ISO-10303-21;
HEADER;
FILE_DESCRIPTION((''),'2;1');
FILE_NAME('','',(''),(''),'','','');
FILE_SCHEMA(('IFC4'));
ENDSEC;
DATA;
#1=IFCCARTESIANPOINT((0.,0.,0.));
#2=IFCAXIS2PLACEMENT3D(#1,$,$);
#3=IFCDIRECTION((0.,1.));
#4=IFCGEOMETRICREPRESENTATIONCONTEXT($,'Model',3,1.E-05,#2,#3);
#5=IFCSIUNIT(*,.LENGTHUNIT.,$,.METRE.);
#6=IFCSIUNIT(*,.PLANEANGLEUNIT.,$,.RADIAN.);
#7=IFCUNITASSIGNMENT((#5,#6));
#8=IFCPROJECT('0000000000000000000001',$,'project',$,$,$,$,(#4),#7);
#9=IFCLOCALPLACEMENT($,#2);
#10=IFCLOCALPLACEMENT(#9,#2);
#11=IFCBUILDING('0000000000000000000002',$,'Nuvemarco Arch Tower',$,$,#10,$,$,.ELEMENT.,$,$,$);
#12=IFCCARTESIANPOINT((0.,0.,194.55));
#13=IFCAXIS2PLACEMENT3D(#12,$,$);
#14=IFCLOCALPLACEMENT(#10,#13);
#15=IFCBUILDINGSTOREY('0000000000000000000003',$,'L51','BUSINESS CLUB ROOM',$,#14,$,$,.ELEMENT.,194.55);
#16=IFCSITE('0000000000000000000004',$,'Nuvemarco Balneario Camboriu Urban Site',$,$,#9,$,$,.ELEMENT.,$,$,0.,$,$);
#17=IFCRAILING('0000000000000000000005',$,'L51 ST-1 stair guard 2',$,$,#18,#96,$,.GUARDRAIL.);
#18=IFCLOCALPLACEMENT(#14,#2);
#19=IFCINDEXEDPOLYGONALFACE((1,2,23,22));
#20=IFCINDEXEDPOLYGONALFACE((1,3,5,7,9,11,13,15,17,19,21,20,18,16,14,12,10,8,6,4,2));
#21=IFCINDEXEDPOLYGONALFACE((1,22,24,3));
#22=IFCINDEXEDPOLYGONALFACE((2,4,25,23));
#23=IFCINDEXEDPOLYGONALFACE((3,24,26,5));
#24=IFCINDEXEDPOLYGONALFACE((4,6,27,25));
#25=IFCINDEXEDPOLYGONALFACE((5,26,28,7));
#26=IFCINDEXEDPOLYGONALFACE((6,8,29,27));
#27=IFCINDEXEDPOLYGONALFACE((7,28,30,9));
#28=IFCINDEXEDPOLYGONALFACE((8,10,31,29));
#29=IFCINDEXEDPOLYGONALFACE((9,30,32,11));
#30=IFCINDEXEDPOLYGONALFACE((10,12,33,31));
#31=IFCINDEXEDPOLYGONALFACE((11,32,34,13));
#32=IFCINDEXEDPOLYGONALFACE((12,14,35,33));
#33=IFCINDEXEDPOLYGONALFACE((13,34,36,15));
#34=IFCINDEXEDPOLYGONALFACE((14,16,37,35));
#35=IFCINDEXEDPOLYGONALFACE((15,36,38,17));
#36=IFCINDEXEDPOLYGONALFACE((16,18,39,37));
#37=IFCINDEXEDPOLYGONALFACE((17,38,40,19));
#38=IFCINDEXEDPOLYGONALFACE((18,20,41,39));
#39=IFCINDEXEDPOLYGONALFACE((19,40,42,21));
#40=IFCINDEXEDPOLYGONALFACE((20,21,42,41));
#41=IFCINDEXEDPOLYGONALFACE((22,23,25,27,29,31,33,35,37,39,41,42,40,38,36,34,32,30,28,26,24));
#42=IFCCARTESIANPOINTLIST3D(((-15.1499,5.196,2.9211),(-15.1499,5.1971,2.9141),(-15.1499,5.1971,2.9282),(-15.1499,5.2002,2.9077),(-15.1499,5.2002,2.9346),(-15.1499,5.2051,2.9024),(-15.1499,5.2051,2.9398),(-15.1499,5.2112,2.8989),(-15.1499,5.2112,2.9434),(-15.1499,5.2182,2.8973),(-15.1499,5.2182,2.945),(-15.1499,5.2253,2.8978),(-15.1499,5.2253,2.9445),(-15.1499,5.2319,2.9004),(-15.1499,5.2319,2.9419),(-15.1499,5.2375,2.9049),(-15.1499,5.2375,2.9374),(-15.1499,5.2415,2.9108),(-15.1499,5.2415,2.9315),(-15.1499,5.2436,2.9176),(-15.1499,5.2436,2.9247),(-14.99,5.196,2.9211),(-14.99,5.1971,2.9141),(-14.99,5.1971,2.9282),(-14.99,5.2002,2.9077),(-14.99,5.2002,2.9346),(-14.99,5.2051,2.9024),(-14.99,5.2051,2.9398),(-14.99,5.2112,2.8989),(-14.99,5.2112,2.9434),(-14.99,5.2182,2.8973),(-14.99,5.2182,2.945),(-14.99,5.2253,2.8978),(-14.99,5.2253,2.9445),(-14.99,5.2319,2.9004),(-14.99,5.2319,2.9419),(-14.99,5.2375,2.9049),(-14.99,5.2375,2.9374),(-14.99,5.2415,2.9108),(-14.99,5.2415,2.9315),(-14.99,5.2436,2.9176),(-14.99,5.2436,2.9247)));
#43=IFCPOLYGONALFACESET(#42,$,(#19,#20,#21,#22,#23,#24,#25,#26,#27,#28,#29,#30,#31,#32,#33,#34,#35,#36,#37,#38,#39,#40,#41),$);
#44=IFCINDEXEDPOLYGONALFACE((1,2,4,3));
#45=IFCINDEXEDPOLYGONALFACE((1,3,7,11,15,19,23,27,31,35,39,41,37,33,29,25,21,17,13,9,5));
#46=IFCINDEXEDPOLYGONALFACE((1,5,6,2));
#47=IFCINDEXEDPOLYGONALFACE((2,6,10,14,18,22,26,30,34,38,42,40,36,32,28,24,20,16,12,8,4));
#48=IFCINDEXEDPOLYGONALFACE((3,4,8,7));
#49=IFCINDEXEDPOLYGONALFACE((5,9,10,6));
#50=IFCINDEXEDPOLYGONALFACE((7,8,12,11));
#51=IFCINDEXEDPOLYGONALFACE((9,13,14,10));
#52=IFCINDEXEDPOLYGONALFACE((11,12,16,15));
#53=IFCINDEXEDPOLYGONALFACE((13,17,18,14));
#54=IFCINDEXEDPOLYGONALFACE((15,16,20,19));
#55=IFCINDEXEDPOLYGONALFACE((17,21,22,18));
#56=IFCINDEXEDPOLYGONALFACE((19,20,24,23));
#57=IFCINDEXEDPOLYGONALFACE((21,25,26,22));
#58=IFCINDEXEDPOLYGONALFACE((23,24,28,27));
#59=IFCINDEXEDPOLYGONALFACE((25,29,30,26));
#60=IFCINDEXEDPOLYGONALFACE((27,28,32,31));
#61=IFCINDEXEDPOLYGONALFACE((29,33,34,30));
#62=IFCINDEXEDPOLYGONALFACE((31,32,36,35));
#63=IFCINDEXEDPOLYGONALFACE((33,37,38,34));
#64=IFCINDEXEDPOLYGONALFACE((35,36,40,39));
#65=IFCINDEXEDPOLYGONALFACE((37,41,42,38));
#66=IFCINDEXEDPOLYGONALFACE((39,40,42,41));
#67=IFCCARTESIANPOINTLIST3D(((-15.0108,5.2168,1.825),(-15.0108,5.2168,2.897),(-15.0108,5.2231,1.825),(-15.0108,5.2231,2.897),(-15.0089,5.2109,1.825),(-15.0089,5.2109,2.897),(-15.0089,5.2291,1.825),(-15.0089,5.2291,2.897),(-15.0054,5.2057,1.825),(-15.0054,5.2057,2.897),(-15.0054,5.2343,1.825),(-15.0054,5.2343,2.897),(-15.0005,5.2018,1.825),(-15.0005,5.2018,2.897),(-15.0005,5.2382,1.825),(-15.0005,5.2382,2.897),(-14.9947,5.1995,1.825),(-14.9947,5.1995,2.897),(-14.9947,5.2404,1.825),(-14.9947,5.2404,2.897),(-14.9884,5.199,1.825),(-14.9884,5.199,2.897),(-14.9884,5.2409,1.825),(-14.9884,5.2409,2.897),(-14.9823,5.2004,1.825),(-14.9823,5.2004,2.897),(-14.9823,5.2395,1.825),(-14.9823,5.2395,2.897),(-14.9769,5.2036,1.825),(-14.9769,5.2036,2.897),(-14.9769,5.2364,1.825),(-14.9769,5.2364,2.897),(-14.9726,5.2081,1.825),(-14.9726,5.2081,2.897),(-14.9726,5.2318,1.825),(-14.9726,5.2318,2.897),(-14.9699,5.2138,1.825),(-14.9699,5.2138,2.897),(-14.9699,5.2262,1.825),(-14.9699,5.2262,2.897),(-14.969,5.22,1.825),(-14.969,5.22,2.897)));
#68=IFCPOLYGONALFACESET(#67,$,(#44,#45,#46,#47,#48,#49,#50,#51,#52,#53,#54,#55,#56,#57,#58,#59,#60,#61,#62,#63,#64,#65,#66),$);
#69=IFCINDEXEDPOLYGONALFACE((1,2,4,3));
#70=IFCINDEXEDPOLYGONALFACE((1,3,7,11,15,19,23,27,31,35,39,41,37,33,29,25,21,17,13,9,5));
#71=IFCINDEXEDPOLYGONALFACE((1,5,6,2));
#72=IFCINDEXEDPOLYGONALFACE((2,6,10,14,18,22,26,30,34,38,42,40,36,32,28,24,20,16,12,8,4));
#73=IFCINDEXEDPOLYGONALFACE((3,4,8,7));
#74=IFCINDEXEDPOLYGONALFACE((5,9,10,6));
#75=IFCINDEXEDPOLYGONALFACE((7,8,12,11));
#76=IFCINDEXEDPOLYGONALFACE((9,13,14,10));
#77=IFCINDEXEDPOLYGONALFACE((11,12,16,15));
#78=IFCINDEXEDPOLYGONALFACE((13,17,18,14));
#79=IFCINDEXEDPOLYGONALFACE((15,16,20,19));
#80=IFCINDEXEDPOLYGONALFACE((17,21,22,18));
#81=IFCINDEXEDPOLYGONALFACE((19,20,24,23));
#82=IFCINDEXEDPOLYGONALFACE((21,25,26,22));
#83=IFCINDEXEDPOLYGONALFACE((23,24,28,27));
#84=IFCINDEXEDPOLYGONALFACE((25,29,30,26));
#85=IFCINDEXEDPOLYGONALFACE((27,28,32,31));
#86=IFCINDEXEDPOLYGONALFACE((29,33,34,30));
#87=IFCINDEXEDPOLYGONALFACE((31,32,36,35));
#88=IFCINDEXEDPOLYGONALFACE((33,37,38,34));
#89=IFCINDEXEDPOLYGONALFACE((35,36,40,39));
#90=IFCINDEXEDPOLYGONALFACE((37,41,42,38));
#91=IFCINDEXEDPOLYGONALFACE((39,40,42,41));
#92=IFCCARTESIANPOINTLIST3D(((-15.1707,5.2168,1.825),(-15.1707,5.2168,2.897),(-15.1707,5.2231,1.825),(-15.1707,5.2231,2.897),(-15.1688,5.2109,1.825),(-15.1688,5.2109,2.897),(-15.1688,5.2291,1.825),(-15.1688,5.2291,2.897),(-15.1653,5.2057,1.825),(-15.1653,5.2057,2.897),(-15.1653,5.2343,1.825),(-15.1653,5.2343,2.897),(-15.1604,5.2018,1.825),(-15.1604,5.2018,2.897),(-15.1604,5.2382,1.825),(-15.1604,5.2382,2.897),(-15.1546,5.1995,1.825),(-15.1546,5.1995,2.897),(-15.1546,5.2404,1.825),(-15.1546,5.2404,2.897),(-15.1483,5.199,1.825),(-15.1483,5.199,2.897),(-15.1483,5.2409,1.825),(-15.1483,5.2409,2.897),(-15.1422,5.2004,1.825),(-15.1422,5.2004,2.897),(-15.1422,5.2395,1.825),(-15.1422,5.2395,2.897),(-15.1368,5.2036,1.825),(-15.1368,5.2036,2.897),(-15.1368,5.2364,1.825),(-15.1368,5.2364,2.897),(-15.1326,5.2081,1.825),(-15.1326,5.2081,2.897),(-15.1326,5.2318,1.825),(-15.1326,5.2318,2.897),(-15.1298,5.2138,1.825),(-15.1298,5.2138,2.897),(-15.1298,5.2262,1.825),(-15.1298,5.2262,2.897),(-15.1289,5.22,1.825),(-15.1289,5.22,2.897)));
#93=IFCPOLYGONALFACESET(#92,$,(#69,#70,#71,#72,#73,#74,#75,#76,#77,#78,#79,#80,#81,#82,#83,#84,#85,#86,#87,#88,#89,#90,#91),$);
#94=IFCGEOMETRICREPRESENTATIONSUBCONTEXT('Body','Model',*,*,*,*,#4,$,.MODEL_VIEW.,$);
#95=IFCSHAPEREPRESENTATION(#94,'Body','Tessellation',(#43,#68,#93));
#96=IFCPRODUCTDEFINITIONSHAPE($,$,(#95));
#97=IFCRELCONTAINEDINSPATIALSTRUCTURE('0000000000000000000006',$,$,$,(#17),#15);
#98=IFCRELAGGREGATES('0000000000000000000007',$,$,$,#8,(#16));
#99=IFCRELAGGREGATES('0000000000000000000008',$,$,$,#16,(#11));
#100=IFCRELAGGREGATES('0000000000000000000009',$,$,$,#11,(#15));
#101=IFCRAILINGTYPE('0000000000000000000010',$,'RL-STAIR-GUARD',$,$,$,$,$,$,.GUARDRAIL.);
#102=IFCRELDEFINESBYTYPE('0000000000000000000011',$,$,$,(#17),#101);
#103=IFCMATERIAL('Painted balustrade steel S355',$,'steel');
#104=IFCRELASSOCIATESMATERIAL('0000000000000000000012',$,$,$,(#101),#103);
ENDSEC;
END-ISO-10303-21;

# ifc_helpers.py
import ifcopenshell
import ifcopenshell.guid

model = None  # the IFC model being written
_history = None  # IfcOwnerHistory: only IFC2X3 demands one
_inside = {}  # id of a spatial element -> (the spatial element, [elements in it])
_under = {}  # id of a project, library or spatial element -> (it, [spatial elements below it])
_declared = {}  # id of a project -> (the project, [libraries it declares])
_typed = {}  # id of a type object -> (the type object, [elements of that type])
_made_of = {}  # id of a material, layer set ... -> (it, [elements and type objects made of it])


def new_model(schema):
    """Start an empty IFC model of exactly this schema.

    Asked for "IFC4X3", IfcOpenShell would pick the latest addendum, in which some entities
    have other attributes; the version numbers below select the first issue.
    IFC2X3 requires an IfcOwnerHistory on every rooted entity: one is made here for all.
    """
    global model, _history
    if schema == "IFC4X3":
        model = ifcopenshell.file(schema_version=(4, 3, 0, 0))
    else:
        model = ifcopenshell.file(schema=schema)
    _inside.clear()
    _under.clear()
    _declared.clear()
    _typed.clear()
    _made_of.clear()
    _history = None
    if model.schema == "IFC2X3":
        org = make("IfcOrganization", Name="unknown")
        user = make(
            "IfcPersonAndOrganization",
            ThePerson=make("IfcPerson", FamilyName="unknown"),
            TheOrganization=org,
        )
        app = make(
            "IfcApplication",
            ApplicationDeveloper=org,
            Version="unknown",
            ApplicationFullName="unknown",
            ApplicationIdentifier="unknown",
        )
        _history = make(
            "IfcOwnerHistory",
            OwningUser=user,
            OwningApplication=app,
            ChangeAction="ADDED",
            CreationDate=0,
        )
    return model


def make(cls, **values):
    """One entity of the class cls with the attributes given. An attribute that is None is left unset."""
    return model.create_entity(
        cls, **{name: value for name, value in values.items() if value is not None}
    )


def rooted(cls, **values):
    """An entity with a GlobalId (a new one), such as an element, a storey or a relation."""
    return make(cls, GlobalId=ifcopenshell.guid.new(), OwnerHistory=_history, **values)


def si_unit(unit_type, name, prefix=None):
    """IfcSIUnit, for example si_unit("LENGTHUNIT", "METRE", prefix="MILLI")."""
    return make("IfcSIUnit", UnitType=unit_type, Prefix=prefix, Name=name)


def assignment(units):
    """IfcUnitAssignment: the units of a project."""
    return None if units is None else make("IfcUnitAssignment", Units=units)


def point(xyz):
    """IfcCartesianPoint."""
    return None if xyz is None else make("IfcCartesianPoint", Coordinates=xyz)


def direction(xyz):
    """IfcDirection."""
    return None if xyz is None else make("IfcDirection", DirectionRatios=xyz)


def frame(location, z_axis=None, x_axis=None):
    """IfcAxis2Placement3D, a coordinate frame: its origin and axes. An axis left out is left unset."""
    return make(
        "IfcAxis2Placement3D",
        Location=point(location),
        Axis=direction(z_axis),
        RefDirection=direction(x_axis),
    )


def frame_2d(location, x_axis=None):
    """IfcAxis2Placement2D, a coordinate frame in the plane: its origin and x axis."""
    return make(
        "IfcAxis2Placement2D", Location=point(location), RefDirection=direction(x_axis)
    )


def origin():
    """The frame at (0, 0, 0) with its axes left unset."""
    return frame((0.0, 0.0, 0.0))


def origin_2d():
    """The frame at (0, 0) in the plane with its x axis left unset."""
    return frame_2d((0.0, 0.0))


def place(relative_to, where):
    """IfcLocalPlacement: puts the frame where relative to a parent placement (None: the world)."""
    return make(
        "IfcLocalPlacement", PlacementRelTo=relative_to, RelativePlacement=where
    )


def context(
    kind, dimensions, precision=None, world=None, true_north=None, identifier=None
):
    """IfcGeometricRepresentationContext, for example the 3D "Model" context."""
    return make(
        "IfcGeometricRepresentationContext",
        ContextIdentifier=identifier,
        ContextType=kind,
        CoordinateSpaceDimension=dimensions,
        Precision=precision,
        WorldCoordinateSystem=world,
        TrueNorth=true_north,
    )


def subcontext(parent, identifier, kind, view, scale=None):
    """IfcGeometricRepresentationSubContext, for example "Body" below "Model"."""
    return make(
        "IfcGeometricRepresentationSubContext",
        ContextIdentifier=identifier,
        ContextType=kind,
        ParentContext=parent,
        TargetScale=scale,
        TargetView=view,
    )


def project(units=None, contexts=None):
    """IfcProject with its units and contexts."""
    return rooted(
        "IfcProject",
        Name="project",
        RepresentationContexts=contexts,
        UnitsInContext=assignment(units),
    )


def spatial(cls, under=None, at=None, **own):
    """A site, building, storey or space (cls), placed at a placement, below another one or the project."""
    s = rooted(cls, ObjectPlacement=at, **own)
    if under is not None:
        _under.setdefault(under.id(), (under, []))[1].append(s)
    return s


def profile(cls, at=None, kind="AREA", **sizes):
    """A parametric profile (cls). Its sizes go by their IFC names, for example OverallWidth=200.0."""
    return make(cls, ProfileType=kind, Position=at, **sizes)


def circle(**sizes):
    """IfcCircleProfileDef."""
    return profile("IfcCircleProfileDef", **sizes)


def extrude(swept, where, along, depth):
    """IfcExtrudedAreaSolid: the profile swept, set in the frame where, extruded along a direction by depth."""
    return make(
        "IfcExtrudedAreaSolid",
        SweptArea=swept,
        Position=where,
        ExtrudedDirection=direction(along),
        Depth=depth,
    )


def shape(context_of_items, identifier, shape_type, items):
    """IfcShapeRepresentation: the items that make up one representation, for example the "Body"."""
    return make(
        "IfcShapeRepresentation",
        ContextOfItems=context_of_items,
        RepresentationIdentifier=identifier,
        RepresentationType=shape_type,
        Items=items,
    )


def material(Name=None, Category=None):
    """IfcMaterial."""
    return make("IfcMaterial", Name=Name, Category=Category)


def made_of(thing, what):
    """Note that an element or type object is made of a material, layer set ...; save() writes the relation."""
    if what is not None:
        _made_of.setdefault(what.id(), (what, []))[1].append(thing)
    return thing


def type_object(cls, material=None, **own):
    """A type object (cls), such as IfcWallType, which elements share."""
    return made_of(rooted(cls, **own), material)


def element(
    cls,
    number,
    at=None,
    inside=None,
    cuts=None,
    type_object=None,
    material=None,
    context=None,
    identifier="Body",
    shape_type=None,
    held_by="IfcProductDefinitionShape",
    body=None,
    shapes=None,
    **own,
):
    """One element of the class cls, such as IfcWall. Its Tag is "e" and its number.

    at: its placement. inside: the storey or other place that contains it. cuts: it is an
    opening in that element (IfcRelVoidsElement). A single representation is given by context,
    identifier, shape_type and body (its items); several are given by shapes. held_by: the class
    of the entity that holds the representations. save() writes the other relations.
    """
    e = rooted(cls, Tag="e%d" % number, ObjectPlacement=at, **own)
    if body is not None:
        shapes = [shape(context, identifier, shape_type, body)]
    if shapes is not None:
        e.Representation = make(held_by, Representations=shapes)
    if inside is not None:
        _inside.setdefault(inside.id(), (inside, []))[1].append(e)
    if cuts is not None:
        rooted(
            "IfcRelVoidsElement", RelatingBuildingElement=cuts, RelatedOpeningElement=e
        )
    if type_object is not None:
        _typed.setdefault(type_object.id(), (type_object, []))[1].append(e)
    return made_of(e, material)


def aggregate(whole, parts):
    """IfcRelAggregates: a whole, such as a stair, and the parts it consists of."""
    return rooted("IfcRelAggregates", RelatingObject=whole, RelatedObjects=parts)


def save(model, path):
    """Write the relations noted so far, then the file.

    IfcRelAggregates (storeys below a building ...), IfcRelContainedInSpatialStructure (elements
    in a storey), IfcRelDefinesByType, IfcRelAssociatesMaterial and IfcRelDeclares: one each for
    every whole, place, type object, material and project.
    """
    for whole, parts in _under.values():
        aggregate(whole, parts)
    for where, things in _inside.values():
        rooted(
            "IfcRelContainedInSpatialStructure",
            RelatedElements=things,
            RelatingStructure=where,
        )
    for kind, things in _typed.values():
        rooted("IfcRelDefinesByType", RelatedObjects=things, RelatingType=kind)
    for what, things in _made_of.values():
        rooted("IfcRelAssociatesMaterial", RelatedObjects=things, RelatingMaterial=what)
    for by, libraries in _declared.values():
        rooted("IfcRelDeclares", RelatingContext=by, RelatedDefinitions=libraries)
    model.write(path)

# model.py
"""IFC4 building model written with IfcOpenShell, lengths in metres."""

from ifc_helpers import new_model, si_unit, direction, frame, origin, origin_2d, place, context, subcontext, project, spatial, circle, extrude, material, type_object, element, save


model = new_model("IFC4")

# Units and contexts
model_context = context("Model", 3, precision=1e-05, world=origin(), true_north=direction((0.0, 1.0)))
body_context = subcontext(model_context, "Body", "Model", "MODEL_VIEW")
ifc_project = project(units=[si_unit("LENGTHUNIT", "METRE"), si_unit("PLANEANGLEUNIT", "RADIAN")], contexts=[model_context])

# Site, building, storey
site_placement = place(None, origin())
site = spatial("IfcSite", under=ifc_project, at=site_placement, Name="Nuvemarco Balneario Camboriu Urban Site", CompositionType="ELEMENT", RefElevation=0.0)
building_placement = place(site_placement, origin())
building = spatial("IfcBuilding", under=site, at=building_placement, Name="Nuvemarco Arch Tower", CompositionType="ELEMENT")
storey_placement = place(building_placement, frame((0.0, 0.0, 194.55)))
storey = spatial("IfcBuildingStorey", under=building, at=storey_placement, Name="L51", Description="BUSINESS CLUB ROOM", CompositionType="ELEMENT", Elevation=194.55)

# Railing
ifc_material_1 = material(Name="Painted balustrade steel S355", Category="steel")
railing_type_1 = type_object("IfcRailingType", Name="RL-STAIR-GUARD", PredefinedType="GUARDRAIL", material=ifc_material_1)
railing_1_placement = place(storey_placement, frame((-14.99, 5.22, 1.825)))
element("IfcRailing", 1, at=railing_1_placement, inside=storey, type_object=railing_type_1, Name="L51 ST-1 stair guard 2", PredefinedType="GUARDRAIL", context=body_context, shape_type="SweptSolid", body=[
    extrude(circle(Radius=0.0239, at=origin_2d()), frame((0.0, 0.0, 1.0962), z_axis=(-1.0, 0.0, 0.0), x_axis=(0.0, -1.0, 0.0)), (0.0, 0.0, 1.0), 0.1599),
    extrude(circle(Radius=0.021, at=origin_2d()), origin(), (0.0, 0.0, 1.0), 1.072),
    extrude(circle(Radius=0.021, at=origin_2d()), frame((-0.1599, 0.0, 0.0)), (0.0, 0.0, 1.0), 1.072),
])

save(model, "model.ifc")
